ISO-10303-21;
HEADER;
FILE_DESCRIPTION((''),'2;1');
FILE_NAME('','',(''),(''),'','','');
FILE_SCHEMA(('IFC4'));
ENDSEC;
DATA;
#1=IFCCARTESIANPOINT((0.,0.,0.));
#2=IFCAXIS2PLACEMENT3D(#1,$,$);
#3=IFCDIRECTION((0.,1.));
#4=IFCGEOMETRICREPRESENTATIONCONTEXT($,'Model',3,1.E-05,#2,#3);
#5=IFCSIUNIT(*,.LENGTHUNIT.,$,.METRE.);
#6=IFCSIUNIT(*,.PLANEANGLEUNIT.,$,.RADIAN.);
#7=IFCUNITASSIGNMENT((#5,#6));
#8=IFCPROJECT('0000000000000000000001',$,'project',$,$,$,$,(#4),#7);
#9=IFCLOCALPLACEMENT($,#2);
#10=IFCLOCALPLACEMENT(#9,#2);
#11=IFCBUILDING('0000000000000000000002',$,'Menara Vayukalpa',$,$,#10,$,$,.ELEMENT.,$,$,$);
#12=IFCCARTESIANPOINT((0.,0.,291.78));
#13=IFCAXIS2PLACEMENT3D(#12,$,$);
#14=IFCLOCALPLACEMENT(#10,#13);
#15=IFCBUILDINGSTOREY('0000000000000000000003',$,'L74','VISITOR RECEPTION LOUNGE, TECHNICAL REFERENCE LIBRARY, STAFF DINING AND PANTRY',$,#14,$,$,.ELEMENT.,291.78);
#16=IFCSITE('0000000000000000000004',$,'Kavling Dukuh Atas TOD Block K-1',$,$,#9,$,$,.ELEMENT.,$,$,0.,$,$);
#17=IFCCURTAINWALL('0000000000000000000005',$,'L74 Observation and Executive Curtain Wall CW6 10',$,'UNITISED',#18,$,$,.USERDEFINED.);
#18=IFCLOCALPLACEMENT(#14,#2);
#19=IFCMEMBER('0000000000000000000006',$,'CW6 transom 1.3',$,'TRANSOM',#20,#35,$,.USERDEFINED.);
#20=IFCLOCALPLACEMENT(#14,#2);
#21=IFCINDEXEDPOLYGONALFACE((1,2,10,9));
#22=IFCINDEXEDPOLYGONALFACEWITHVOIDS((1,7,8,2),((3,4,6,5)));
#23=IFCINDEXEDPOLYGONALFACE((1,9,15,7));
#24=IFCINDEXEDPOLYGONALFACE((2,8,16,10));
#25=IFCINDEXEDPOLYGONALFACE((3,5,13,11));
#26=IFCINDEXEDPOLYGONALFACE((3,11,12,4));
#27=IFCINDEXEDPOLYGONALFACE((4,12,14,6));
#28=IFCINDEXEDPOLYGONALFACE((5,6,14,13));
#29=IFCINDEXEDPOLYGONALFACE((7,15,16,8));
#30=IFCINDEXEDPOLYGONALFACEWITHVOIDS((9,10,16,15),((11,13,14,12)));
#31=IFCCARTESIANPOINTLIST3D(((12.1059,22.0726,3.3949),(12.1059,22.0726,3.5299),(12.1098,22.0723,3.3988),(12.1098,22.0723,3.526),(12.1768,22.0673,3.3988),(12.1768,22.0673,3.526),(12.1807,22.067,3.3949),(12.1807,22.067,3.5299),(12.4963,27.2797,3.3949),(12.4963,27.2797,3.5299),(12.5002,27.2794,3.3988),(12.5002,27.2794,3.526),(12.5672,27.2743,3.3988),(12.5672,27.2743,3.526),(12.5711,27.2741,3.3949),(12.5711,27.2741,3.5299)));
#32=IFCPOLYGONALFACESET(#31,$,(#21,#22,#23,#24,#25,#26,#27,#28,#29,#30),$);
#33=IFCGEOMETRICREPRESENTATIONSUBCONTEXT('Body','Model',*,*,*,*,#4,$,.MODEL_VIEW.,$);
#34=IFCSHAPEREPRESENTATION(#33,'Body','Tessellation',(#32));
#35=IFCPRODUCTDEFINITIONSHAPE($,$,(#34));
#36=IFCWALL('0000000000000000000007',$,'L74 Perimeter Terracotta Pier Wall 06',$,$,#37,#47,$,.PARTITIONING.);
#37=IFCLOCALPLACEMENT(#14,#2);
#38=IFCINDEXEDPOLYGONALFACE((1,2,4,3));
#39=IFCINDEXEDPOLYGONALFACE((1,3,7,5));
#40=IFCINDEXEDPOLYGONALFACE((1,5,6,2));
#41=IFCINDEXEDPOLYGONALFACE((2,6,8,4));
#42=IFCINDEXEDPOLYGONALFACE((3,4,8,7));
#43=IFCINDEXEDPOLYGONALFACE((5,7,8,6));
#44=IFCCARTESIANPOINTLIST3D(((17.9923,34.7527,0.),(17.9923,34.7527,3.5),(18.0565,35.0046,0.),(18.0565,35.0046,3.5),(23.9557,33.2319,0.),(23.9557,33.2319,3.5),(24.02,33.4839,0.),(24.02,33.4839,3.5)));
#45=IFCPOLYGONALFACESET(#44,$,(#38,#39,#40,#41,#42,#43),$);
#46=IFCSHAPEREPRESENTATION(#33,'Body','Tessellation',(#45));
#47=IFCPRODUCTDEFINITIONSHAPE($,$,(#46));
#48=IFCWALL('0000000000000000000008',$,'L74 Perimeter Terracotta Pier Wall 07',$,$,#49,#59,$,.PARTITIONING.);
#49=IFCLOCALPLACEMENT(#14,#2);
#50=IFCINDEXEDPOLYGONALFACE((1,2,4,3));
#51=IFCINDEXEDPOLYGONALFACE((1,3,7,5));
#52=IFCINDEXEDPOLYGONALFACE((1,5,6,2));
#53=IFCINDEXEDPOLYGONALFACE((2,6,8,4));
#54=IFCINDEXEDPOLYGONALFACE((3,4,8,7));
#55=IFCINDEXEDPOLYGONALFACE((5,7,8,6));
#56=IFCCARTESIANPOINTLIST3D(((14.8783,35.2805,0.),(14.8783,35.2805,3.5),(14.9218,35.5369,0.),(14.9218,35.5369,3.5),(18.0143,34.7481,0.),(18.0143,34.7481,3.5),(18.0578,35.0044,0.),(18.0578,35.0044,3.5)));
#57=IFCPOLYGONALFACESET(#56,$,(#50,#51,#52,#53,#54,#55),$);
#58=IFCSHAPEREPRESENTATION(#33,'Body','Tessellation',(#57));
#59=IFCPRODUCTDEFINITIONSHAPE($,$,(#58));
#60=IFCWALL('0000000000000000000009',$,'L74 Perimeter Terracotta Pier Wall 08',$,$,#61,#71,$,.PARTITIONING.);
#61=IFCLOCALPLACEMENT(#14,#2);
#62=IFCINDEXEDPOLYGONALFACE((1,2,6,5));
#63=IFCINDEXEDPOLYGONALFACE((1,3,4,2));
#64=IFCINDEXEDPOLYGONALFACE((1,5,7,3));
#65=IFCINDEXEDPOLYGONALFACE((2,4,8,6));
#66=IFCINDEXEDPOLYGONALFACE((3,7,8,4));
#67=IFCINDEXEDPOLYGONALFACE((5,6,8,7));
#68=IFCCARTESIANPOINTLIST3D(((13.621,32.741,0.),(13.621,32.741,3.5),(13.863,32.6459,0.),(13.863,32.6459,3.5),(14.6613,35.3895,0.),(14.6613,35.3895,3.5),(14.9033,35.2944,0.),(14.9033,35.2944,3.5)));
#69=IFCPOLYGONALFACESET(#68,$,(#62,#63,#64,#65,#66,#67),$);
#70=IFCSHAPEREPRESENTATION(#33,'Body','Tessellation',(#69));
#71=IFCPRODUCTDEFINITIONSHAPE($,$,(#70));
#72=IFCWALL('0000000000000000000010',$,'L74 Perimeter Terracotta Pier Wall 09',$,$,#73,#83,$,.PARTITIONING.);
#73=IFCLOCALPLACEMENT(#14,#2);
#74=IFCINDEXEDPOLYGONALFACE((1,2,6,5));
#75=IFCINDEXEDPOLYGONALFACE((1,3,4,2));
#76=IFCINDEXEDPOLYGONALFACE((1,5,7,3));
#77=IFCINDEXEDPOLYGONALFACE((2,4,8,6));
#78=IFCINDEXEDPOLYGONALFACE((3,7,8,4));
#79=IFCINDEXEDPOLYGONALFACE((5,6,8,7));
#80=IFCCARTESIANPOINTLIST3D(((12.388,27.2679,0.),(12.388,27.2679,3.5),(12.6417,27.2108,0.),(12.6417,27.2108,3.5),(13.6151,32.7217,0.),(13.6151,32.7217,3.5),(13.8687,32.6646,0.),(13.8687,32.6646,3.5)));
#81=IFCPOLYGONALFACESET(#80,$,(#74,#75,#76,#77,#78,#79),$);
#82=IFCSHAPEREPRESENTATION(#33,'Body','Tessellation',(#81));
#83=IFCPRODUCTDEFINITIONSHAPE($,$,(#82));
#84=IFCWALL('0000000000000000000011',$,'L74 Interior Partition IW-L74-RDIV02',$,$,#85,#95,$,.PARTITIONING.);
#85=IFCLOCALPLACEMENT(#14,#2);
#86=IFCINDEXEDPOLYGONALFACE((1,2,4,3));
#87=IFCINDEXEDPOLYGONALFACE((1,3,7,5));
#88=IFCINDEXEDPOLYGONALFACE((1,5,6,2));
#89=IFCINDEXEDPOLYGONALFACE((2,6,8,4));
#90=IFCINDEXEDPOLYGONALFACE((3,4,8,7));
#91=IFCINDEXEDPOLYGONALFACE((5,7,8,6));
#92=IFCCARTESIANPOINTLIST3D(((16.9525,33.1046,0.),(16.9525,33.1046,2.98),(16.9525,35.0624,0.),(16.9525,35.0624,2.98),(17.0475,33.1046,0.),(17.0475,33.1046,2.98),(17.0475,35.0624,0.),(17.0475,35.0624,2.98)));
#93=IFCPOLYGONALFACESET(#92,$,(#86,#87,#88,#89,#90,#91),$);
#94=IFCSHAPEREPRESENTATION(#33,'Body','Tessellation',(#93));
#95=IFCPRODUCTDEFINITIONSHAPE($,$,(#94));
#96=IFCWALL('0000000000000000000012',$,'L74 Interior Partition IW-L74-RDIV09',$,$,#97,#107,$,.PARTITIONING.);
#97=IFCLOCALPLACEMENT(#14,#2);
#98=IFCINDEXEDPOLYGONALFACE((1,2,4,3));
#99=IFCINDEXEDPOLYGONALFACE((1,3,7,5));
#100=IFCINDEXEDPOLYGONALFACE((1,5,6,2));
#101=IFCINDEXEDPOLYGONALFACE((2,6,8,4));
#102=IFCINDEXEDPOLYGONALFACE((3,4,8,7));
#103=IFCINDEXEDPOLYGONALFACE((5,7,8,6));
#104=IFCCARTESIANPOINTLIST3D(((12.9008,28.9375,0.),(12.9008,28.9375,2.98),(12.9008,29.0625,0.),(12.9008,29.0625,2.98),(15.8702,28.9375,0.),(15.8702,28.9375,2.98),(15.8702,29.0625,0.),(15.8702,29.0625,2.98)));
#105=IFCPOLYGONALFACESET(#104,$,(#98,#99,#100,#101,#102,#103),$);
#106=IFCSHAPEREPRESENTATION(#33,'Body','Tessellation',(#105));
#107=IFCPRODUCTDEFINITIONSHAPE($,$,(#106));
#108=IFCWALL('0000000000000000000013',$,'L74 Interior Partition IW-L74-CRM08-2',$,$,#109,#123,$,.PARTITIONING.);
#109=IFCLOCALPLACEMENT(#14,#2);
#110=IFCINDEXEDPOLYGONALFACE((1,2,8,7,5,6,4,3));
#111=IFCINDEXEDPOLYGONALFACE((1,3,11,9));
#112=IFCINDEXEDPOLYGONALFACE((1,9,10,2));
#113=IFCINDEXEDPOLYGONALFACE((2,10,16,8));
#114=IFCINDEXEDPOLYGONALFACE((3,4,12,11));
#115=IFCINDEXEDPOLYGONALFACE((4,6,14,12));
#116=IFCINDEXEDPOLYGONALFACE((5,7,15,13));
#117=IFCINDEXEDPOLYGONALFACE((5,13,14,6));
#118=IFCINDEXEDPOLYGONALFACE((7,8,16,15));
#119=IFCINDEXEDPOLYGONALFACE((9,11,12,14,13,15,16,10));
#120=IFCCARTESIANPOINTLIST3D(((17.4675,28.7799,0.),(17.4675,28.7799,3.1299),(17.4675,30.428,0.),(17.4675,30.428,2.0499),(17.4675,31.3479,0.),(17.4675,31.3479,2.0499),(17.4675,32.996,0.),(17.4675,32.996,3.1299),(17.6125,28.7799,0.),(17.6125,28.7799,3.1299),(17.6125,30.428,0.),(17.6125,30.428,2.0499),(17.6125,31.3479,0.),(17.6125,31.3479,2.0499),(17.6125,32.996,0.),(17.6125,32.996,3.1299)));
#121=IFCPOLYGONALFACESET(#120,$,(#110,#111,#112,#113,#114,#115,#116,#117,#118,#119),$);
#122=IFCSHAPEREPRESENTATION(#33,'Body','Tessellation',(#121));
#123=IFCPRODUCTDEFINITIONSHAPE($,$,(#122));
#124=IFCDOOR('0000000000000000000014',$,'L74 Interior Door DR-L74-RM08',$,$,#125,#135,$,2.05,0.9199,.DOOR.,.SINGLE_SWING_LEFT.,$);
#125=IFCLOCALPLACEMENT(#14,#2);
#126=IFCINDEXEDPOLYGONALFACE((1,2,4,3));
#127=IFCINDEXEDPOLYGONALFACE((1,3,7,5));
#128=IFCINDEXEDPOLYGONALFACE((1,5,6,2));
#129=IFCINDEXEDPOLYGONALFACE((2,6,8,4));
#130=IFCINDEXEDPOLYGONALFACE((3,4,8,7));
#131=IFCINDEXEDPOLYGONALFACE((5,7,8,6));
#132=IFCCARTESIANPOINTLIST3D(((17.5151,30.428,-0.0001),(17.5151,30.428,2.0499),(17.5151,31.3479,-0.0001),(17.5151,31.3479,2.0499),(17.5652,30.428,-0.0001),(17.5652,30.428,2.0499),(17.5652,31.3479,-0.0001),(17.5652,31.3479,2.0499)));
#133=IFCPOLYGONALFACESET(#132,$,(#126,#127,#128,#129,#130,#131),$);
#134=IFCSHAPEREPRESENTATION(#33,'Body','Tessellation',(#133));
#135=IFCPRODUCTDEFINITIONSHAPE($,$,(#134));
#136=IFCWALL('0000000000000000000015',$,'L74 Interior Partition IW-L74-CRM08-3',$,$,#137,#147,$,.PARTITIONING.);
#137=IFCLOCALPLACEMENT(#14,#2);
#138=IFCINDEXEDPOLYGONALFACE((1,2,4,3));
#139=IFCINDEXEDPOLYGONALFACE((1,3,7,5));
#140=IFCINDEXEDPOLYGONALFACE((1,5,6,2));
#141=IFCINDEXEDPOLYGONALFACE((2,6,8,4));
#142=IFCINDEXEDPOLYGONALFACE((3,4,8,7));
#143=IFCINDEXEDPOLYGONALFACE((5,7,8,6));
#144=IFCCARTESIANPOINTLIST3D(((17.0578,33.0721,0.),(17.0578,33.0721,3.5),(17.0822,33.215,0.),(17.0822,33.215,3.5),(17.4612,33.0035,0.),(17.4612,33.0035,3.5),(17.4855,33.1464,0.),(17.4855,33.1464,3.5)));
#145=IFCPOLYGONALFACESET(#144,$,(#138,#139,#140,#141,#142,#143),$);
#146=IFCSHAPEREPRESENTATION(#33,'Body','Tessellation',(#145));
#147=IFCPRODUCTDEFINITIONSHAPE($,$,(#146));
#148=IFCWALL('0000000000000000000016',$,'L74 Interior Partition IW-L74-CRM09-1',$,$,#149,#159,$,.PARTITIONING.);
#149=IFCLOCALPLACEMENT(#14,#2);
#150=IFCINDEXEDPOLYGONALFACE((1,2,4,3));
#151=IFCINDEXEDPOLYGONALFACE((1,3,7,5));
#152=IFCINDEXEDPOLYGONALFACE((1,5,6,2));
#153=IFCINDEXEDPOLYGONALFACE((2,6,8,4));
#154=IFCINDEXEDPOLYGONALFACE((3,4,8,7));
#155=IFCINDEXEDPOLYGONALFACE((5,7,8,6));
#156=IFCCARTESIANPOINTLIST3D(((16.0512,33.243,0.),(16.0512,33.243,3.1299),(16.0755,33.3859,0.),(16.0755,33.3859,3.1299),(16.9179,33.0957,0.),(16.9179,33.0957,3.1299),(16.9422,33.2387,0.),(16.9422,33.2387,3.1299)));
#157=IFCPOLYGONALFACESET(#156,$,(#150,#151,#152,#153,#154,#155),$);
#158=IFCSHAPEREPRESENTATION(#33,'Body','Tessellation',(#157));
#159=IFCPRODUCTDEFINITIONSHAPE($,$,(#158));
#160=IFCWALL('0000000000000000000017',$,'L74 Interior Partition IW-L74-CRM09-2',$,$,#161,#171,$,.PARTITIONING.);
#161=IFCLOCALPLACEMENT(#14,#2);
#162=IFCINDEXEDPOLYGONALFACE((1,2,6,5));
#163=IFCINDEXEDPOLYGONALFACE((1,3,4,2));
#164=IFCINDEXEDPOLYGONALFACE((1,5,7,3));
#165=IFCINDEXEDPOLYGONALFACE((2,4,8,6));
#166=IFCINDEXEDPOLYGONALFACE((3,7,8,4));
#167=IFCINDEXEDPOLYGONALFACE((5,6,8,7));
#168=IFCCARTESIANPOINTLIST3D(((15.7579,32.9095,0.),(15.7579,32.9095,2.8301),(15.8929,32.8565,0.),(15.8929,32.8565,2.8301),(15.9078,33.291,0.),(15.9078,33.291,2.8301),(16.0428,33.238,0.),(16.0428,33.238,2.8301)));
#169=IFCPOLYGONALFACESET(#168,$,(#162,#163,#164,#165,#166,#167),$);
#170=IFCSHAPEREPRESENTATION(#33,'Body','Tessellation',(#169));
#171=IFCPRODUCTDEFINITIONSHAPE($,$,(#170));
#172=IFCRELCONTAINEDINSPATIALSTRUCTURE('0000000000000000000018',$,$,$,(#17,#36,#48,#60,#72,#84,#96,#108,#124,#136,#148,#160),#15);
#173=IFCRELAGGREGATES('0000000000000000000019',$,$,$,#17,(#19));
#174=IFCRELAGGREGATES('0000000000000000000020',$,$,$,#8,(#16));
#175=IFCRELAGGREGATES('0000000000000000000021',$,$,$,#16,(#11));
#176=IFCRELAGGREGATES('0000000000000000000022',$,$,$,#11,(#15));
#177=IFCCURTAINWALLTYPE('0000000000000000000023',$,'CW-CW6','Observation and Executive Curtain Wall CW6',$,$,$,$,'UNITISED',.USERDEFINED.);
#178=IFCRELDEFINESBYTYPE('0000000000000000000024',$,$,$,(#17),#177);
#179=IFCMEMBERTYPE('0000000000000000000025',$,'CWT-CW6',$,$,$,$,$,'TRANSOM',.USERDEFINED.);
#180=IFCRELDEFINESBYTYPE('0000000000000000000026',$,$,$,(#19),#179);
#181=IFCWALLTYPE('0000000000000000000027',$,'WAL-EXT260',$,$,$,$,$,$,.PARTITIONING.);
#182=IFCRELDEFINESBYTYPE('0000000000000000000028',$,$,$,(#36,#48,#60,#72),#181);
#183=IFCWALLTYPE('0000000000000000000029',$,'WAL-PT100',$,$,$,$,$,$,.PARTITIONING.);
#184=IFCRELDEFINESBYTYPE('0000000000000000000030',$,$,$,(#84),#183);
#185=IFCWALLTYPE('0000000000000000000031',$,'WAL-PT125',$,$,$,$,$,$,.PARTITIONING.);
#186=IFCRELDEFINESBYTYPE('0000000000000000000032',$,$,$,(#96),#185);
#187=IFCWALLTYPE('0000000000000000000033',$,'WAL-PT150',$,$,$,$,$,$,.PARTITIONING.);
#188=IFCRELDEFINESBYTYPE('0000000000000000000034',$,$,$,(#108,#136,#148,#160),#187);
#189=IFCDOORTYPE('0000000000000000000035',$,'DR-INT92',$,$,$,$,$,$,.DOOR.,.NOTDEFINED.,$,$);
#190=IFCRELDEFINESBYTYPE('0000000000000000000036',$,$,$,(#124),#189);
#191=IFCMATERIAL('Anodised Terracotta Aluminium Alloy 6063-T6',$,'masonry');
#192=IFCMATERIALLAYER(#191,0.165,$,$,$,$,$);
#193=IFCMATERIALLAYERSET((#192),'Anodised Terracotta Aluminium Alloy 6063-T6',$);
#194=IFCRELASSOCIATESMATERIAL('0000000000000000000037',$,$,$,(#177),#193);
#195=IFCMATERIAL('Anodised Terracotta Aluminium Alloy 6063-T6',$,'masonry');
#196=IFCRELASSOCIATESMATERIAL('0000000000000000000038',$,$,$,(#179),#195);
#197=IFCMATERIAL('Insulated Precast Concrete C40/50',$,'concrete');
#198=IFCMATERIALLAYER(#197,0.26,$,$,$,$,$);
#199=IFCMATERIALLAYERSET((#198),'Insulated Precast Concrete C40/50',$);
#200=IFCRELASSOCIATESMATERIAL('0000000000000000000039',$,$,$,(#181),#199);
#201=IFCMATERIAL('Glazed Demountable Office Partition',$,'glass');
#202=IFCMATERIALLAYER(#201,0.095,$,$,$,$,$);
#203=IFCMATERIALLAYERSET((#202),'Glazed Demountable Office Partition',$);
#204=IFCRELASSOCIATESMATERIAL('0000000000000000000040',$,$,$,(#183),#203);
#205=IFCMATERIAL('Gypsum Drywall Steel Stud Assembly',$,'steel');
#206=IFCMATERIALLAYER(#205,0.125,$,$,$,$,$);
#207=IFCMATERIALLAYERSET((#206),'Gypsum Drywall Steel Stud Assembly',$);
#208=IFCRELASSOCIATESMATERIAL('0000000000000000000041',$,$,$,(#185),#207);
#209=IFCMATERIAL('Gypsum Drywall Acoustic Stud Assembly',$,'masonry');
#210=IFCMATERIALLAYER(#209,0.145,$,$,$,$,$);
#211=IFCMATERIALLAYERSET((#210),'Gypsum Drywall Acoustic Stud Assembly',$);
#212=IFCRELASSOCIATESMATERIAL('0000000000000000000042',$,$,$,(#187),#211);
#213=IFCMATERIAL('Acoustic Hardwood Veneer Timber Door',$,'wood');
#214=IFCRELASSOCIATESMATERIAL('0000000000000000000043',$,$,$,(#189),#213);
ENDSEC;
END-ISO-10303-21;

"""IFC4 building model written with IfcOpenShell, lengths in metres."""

from ifc_helpers import new_model, si_unit, direction, frame, frame_2d, origin, origin_2d, place, context, subcontext, project, spatial, rectangle, hollow_rectangle, extrude, material, layer, layer_set, material_profile, profile_set, type_object, element, fill, aggregate, save


model = new_model("IFC4")

# Units and contexts
model_context = context("Model", 3, precision=1e-05, world=origin(), true_north=direction((0.0, 1.0)))
body_context = subcontext(model_context, "Body", "Model", "MODEL_VIEW")
ifc_project = project(units=[si_unit("LENGTHUNIT", "METRE"), si_unit("PLANEANGLEUNIT", "RADIAN")], contexts=[model_context])

# Site, building, storey
site_placement = place(None, origin())
site = spatial("IfcSite", under=ifc_project, at=site_placement, Name="Kavling Dukuh Atas TOD Block K-1", CompositionType="ELEMENT", RefElevation=0.0)
building_placement = place(site_placement, origin())
building = spatial("IfcBuilding", under=site, at=building_placement, Name="Menara Vayukalpa", CompositionType="ELEMENT")
storey_placement = place(building_placement, frame((0.0, 0.0, 291.78)))
storey = spatial("IfcBuildingStorey", under=building, at=storey_placement, Name="L74", Description="VISITOR RECEPTION LOUNGE, TECHNICAL REFERENCE LIBRARY, STAFF DINING AND PANTRY", CompositionType="ELEMENT", Elevation=291.78)

# Curtain wall, member
ifc_material_1 = material(Name="Anodised Terracotta Aluminium Alloy 6063-T6", Category="masonry")
ifc_layer_1 = layer(ifc_material_1, 0.165)
ifc_layer_set_1 = layer_set([ifc_layer_1], Name="Anodised Terracotta Aluminium Alloy 6063-T6")
curtain_wall_type = type_object("IfcCurtainWallType", Name="CW-CW6", Description="Observation and Executive Curtain Wall CW6", ElementType="UNITISED", PredefinedType="USERDEFINED", material=ifc_layer_set_1)
curtain_wall_placement = place(storey_placement, origin())
curtain_wall = element("IfcCurtainWall", 1, at=curtain_wall_placement, inside=storey, type_object=curtain_wall_type, Name="L74 Observation and Executive Curtain Wall CW6 10", ObjectType="UNITISED", PredefinedType="USERDEFINED")
ifc_material_2 = material(Name="Anodised Terracotta Aluminium Alloy 6063-T6", Category="masonry")
ifc_material_profile_1 = material_profile(ifc_material_2, hollow_rectangle(XDim=0.075, YDim=0.135, WallThickness=0.0039, at=origin_2d()), Name="ALU 75x135x4")
ifc_profile_set_1 = profile_set([ifc_material_profile_1], Name="Anodised Terracotta Aluminium Alloy 6063-T6")
member_type_1 = type_object("IfcMemberType", Name="CWT-CW6", ElementType="TRANSOM", PredefinedType="USERDEFINED", material=ifc_profile_set_1)
member_1_placement = place(storey_placement, frame((12.5337, 27.2769, 3.4624), z_axis=(-0.074762, -0.997201, 0.0), x_axis=(0.997201, -0.074762, 0.0)))
member_1 = element("IfcMember", 2, at=member_1_placement, type_object=member_type_1, Name="CW6 transom 1.3", ObjectType="TRANSOM", PredefinedType="USERDEFINED", context=body_context, shape_type="SweptSolid", body=[
    extrude(hollow_rectangle(XDim=0.075, YDim=0.135, WallThickness=0.0039, at=origin_2d()), origin(), (0.0, 0.0, 1.0), 5.2217),
])
aggregate(curtain_wall, [member_1])

# Walls
ifc_material_3 = material(Name="Insulated Precast Concrete C40/50", Category="concrete")
ifc_layer_2 = layer(ifc_material_3, 0.26)
ifc_layer_set_2 = layer_set([ifc_layer_2], Name="Insulated Precast Concrete C40/50")
wall_type_1 = type_object("IfcWallType", Name="WAL-EXT260", PredefinedType="PARTITIONING", material=ifc_layer_set_2)
wall_1_placement = place(storey_placement, frame((18.0244, 34.8787, 0.0), z_axis=(0.0, 0.0, 1.0), x_axis=(0.968988, -0.247107, 0.0)))
element("IfcWall", 3, at=wall_1_placement, inside=storey, type_object=wall_type_1, Name="L74 Perimeter Terracotta Pier Wall 06", PredefinedType="PARTITIONING", context=body_context, shape_type="SweptSolid", body=[
    extrude(rectangle(XDim=6.1543, YDim=0.26, at=frame_2d((3.0771, 0.0))), origin(), (0.0, 0.0, 1.0), 3.5),
])
wall_2_placement = place(storey_placement, frame((14.9001, 35.4087, 0.0), z_axis=(0.0, 0.0, 1.0), x_axis=(0.985889, -0.167398, 0.0)))
element("IfcWall", 4, at=wall_2_placement, inside=storey, type_object=wall_type_1, Name="L74 Perimeter Terracotta Pier Wall 07", PredefinedType="PARTITIONING", context=body_context, shape_type="SweptSolid", body=[
    extrude(rectangle(XDim=3.1809, YDim=0.26, at=frame_2d((1.5903, 0.0))), origin(), (0.0, 0.0, 1.0), 3.5),
])
wall_3_placement = place(storey_placement, frame((13.7419, 32.6934, 0.0), z_axis=(0.0, 0.0, 1.0), x_axis=(0.365599, 0.930772, 0.0)))
element("IfcWall", 5, at=wall_3_placement, inside=storey, type_object=wall_type_1, Name="L74 Perimeter Terracotta Pier Wall 08", PredefinedType="PARTITIONING", context=body_context, shape_type="SweptSolid", body=[
    extrude(rectangle(XDim=2.8455, YDim=0.26, at=frame_2d((1.4229, 0.0))), origin(), (0.0, 0.0, 1.0), 3.5),
])
wall_4_placement = place(storey_placement, frame((12.5149, 27.2395, 0.0), z_axis=(0.0, 0.0, 1.0), x_axis=(0.219501, 0.975612, 0.0)))
element("IfcWall", 6, at=wall_4_placement, inside=storey, type_object=wall_type_1, Name="L74 Perimeter Terracotta Pier Wall 09", PredefinedType="PARTITIONING", context=body_context, shape_type="SweptSolid", body=[
    extrude(rectangle(XDim=5.5901, YDim=0.26, at=frame_2d((2.7949, 0.0))), origin(), (0.0, 0.0, 1.0), 3.5),
])
ifc_material_4 = material(Name="Glazed Demountable Office Partition", Category="glass")
ifc_layer_3 = layer(ifc_material_4, 0.095)
ifc_layer_set_3 = layer_set([ifc_layer_3], Name="Glazed Demountable Office Partition")
wall_type_2 = type_object("IfcWallType", Name="WAL-PT100", PredefinedType="PARTITIONING", material=ifc_layer_set_3)
wall_5_placement = place(storey_placement, frame((17.0, 33.1045, 0.0), z_axis=(0.0, 0.0, 1.0), x_axis=(0.0, 1.0, 0.0)))
element("IfcWall", 7, at=wall_5_placement, inside=storey, type_object=wall_type_2, Name="L74 Interior Partition IW-L74-RDIV02", PredefinedType="PARTITIONING", context=body_context, shape_type="SweptSolid", body=[
    extrude(rectangle(XDim=1.9578, YDim=0.095, at=frame_2d((0.979, 0.0))), origin(), (0.0, 0.0, 1.0), 2.98),
])
ifc_material_5 = material(Name="Gypsum Drywall Steel Stud Assembly", Category="steel")
ifc_layer_4 = layer(ifc_material_5, 0.125)
ifc_layer_set_4 = layer_set([ifc_layer_4], Name="Gypsum Drywall Steel Stud Assembly")
wall_type_3 = type_object("IfcWallType", Name="WAL-PT125", PredefinedType="PARTITIONING", material=ifc_layer_set_4)
wall_6_placement = place(storey_placement, frame((12.9006, 29.0, 0.0), z_axis=(0.0, 0.0, 1.0), x_axis=(1.0, 0.0, 0.0)))
element("IfcWall", 8, at=wall_6_placement, inside=storey, type_object=wall_type_3, Name="L74 Interior Partition IW-L74-RDIV09", PredefinedType="PARTITIONING", context=body_context, shape_type="SweptSolid", body=[
    extrude(rectangle(XDim=2.9695, YDim=0.125, at=frame_2d((1.4849, 0.0))), origin(), (0.0, 0.0, 1.0), 2.98),
])

# Wall, opening, door
ifc_material_6 = material(Name="Gypsum Drywall Acoustic Stud Assembly", Category="masonry")
ifc_layer_5 = layer(ifc_material_6, 0.145)
ifc_layer_set_5 = layer_set([ifc_layer_5], Name="Gypsum Drywall Acoustic Stud Assembly")
wall_type_4 = type_object("IfcWallType", Name="WAL-PT150", PredefinedType="PARTITIONING", material=ifc_layer_set_5)
wall_7_placement = place(storey_placement, frame((17.54, 28.78, 0.0), z_axis=(0.0, 0.0, 1.0), x_axis=(0.0, 1.0, 0.0)))
wall_7 = element("IfcWall", 9, at=wall_7_placement, inside=storey, type_object=wall_type_4, Name="L74 Interior Partition IW-L74-CRM08-2", PredefinedType="PARTITIONING", context=body_context, shape_type="SweptSolid", body=[
    extrude(rectangle(XDim=4.2161, YDim=0.145, at=frame_2d((2.1079, 0.0))), origin(), (0.0, 0.0, 1.0), 3.1299),
])
opening_1_placement = place(wall_7_placement, frame((1.6479, 0.0, 0.0)))
opening_1 = element("IfcOpeningElement", 10, at=opening_1_placement, cuts=wall_7, PredefinedType="OPENING", context=body_context, shape_type="SweptSolid", body=[
    extrude(rectangle(XDim=0.9199, YDim=2.05, at=frame_2d((0.46, 1.0249))), frame((0.0, 0.0825, 0.0), z_axis=(0.0, -1.0, 0.0), x_axis=(1.0, 0.0, 0.0)), (0.0, 0.0, 1.0), 0.165),
])
ifc_material_7 = material(Name="Acoustic Hardwood Veneer Timber Door", Category="wood")
door_type_1 = type_object("IfcDoorType", Name="DR-INT92", OperationType="NOTDEFINED", PredefinedType="DOOR", material=ifc_material_7)
door_1_placement = place(opening_1_placement, origin())
door_1 = element("IfcDoor", 11, at=door_1_placement, inside=storey, type_object=door_type_1, Name="L74 Interior Door DR-L74-RM08", OperationType="SINGLE_SWING_LEFT", OverallHeight=2.05, OverallWidth=0.9199, PredefinedType="DOOR", context=body_context, shape_type="SweptSolid", body=[
    extrude(rectangle(XDim=0.9199, YDim=2.05, at=frame_2d((0.46, 1.0249))), frame((0.0, 0.0249, 0.0), z_axis=(0.0, -1.0, 0.0), x_axis=(1.0, 0.0, 0.0)), (0.0, 0.0, 1.0), 0.05),
])
fill(opening_1, door_1)

# Walls
wall_8_placement = place(storey_placement, frame((17.4734, 33.075, 0.0), z_axis=(0.0, 0.0, 1.0), x_axis=(-0.98584, 0.167688, 0.0)))
element("IfcWall", 12, at=wall_8_placement, inside=storey, type_object=wall_type_4, Name="L74 Interior Partition IW-L74-CRM08-3", PredefinedType="PARTITIONING", context=body_context, shape_type="SweptSolid", body=[
    extrude(rectangle(XDim=0.4092, YDim=0.145, at=frame_2d((0.2046, 0.0))), origin(), (0.0, 0.0, 1.0), 3.5),
])
wall_9_placement = place(storey_placement, frame((16.9299, 33.1672, 0.0), z_axis=(0.0, 0.0, 1.0), x_axis=(-0.985879, 0.167461, 0.0)))
element("IfcWall", 13, at=wall_9_placement, inside=storey, type_object=wall_type_4, Name="L74 Interior Partition IW-L74-CRM09-1", PredefinedType="PARTITIONING", context=body_context, shape_type="SweptSolid", body=[
    extrude(rectangle(XDim=0.8792, YDim=0.145, at=frame_2d((0.4395, 0.0))), origin(), (0.0, 0.0, 1.0), 3.1299),
])
wall_10_placement = place(storey_placement, frame((15.9753, 33.2646, 0.0), z_axis=(0.0, 0.0, 1.0), x_axis=(-0.365634, -0.930759, 0.0)))
element("IfcWall", 14, at=wall_10_placement, inside=storey, type_object=wall_type_4, Name="L74 Interior Partition IW-L74-CRM09-2", PredefinedType="PARTITIONING", context=body_context, shape_type="SweptSolid", body=[
    extrude(rectangle(XDim=0.4099, YDim=0.145, at=frame_2d((0.2051, 0.0))), origin(), (0.0, 0.0, 1.0), 2.8301),
])

save(model, "model.ifc")
